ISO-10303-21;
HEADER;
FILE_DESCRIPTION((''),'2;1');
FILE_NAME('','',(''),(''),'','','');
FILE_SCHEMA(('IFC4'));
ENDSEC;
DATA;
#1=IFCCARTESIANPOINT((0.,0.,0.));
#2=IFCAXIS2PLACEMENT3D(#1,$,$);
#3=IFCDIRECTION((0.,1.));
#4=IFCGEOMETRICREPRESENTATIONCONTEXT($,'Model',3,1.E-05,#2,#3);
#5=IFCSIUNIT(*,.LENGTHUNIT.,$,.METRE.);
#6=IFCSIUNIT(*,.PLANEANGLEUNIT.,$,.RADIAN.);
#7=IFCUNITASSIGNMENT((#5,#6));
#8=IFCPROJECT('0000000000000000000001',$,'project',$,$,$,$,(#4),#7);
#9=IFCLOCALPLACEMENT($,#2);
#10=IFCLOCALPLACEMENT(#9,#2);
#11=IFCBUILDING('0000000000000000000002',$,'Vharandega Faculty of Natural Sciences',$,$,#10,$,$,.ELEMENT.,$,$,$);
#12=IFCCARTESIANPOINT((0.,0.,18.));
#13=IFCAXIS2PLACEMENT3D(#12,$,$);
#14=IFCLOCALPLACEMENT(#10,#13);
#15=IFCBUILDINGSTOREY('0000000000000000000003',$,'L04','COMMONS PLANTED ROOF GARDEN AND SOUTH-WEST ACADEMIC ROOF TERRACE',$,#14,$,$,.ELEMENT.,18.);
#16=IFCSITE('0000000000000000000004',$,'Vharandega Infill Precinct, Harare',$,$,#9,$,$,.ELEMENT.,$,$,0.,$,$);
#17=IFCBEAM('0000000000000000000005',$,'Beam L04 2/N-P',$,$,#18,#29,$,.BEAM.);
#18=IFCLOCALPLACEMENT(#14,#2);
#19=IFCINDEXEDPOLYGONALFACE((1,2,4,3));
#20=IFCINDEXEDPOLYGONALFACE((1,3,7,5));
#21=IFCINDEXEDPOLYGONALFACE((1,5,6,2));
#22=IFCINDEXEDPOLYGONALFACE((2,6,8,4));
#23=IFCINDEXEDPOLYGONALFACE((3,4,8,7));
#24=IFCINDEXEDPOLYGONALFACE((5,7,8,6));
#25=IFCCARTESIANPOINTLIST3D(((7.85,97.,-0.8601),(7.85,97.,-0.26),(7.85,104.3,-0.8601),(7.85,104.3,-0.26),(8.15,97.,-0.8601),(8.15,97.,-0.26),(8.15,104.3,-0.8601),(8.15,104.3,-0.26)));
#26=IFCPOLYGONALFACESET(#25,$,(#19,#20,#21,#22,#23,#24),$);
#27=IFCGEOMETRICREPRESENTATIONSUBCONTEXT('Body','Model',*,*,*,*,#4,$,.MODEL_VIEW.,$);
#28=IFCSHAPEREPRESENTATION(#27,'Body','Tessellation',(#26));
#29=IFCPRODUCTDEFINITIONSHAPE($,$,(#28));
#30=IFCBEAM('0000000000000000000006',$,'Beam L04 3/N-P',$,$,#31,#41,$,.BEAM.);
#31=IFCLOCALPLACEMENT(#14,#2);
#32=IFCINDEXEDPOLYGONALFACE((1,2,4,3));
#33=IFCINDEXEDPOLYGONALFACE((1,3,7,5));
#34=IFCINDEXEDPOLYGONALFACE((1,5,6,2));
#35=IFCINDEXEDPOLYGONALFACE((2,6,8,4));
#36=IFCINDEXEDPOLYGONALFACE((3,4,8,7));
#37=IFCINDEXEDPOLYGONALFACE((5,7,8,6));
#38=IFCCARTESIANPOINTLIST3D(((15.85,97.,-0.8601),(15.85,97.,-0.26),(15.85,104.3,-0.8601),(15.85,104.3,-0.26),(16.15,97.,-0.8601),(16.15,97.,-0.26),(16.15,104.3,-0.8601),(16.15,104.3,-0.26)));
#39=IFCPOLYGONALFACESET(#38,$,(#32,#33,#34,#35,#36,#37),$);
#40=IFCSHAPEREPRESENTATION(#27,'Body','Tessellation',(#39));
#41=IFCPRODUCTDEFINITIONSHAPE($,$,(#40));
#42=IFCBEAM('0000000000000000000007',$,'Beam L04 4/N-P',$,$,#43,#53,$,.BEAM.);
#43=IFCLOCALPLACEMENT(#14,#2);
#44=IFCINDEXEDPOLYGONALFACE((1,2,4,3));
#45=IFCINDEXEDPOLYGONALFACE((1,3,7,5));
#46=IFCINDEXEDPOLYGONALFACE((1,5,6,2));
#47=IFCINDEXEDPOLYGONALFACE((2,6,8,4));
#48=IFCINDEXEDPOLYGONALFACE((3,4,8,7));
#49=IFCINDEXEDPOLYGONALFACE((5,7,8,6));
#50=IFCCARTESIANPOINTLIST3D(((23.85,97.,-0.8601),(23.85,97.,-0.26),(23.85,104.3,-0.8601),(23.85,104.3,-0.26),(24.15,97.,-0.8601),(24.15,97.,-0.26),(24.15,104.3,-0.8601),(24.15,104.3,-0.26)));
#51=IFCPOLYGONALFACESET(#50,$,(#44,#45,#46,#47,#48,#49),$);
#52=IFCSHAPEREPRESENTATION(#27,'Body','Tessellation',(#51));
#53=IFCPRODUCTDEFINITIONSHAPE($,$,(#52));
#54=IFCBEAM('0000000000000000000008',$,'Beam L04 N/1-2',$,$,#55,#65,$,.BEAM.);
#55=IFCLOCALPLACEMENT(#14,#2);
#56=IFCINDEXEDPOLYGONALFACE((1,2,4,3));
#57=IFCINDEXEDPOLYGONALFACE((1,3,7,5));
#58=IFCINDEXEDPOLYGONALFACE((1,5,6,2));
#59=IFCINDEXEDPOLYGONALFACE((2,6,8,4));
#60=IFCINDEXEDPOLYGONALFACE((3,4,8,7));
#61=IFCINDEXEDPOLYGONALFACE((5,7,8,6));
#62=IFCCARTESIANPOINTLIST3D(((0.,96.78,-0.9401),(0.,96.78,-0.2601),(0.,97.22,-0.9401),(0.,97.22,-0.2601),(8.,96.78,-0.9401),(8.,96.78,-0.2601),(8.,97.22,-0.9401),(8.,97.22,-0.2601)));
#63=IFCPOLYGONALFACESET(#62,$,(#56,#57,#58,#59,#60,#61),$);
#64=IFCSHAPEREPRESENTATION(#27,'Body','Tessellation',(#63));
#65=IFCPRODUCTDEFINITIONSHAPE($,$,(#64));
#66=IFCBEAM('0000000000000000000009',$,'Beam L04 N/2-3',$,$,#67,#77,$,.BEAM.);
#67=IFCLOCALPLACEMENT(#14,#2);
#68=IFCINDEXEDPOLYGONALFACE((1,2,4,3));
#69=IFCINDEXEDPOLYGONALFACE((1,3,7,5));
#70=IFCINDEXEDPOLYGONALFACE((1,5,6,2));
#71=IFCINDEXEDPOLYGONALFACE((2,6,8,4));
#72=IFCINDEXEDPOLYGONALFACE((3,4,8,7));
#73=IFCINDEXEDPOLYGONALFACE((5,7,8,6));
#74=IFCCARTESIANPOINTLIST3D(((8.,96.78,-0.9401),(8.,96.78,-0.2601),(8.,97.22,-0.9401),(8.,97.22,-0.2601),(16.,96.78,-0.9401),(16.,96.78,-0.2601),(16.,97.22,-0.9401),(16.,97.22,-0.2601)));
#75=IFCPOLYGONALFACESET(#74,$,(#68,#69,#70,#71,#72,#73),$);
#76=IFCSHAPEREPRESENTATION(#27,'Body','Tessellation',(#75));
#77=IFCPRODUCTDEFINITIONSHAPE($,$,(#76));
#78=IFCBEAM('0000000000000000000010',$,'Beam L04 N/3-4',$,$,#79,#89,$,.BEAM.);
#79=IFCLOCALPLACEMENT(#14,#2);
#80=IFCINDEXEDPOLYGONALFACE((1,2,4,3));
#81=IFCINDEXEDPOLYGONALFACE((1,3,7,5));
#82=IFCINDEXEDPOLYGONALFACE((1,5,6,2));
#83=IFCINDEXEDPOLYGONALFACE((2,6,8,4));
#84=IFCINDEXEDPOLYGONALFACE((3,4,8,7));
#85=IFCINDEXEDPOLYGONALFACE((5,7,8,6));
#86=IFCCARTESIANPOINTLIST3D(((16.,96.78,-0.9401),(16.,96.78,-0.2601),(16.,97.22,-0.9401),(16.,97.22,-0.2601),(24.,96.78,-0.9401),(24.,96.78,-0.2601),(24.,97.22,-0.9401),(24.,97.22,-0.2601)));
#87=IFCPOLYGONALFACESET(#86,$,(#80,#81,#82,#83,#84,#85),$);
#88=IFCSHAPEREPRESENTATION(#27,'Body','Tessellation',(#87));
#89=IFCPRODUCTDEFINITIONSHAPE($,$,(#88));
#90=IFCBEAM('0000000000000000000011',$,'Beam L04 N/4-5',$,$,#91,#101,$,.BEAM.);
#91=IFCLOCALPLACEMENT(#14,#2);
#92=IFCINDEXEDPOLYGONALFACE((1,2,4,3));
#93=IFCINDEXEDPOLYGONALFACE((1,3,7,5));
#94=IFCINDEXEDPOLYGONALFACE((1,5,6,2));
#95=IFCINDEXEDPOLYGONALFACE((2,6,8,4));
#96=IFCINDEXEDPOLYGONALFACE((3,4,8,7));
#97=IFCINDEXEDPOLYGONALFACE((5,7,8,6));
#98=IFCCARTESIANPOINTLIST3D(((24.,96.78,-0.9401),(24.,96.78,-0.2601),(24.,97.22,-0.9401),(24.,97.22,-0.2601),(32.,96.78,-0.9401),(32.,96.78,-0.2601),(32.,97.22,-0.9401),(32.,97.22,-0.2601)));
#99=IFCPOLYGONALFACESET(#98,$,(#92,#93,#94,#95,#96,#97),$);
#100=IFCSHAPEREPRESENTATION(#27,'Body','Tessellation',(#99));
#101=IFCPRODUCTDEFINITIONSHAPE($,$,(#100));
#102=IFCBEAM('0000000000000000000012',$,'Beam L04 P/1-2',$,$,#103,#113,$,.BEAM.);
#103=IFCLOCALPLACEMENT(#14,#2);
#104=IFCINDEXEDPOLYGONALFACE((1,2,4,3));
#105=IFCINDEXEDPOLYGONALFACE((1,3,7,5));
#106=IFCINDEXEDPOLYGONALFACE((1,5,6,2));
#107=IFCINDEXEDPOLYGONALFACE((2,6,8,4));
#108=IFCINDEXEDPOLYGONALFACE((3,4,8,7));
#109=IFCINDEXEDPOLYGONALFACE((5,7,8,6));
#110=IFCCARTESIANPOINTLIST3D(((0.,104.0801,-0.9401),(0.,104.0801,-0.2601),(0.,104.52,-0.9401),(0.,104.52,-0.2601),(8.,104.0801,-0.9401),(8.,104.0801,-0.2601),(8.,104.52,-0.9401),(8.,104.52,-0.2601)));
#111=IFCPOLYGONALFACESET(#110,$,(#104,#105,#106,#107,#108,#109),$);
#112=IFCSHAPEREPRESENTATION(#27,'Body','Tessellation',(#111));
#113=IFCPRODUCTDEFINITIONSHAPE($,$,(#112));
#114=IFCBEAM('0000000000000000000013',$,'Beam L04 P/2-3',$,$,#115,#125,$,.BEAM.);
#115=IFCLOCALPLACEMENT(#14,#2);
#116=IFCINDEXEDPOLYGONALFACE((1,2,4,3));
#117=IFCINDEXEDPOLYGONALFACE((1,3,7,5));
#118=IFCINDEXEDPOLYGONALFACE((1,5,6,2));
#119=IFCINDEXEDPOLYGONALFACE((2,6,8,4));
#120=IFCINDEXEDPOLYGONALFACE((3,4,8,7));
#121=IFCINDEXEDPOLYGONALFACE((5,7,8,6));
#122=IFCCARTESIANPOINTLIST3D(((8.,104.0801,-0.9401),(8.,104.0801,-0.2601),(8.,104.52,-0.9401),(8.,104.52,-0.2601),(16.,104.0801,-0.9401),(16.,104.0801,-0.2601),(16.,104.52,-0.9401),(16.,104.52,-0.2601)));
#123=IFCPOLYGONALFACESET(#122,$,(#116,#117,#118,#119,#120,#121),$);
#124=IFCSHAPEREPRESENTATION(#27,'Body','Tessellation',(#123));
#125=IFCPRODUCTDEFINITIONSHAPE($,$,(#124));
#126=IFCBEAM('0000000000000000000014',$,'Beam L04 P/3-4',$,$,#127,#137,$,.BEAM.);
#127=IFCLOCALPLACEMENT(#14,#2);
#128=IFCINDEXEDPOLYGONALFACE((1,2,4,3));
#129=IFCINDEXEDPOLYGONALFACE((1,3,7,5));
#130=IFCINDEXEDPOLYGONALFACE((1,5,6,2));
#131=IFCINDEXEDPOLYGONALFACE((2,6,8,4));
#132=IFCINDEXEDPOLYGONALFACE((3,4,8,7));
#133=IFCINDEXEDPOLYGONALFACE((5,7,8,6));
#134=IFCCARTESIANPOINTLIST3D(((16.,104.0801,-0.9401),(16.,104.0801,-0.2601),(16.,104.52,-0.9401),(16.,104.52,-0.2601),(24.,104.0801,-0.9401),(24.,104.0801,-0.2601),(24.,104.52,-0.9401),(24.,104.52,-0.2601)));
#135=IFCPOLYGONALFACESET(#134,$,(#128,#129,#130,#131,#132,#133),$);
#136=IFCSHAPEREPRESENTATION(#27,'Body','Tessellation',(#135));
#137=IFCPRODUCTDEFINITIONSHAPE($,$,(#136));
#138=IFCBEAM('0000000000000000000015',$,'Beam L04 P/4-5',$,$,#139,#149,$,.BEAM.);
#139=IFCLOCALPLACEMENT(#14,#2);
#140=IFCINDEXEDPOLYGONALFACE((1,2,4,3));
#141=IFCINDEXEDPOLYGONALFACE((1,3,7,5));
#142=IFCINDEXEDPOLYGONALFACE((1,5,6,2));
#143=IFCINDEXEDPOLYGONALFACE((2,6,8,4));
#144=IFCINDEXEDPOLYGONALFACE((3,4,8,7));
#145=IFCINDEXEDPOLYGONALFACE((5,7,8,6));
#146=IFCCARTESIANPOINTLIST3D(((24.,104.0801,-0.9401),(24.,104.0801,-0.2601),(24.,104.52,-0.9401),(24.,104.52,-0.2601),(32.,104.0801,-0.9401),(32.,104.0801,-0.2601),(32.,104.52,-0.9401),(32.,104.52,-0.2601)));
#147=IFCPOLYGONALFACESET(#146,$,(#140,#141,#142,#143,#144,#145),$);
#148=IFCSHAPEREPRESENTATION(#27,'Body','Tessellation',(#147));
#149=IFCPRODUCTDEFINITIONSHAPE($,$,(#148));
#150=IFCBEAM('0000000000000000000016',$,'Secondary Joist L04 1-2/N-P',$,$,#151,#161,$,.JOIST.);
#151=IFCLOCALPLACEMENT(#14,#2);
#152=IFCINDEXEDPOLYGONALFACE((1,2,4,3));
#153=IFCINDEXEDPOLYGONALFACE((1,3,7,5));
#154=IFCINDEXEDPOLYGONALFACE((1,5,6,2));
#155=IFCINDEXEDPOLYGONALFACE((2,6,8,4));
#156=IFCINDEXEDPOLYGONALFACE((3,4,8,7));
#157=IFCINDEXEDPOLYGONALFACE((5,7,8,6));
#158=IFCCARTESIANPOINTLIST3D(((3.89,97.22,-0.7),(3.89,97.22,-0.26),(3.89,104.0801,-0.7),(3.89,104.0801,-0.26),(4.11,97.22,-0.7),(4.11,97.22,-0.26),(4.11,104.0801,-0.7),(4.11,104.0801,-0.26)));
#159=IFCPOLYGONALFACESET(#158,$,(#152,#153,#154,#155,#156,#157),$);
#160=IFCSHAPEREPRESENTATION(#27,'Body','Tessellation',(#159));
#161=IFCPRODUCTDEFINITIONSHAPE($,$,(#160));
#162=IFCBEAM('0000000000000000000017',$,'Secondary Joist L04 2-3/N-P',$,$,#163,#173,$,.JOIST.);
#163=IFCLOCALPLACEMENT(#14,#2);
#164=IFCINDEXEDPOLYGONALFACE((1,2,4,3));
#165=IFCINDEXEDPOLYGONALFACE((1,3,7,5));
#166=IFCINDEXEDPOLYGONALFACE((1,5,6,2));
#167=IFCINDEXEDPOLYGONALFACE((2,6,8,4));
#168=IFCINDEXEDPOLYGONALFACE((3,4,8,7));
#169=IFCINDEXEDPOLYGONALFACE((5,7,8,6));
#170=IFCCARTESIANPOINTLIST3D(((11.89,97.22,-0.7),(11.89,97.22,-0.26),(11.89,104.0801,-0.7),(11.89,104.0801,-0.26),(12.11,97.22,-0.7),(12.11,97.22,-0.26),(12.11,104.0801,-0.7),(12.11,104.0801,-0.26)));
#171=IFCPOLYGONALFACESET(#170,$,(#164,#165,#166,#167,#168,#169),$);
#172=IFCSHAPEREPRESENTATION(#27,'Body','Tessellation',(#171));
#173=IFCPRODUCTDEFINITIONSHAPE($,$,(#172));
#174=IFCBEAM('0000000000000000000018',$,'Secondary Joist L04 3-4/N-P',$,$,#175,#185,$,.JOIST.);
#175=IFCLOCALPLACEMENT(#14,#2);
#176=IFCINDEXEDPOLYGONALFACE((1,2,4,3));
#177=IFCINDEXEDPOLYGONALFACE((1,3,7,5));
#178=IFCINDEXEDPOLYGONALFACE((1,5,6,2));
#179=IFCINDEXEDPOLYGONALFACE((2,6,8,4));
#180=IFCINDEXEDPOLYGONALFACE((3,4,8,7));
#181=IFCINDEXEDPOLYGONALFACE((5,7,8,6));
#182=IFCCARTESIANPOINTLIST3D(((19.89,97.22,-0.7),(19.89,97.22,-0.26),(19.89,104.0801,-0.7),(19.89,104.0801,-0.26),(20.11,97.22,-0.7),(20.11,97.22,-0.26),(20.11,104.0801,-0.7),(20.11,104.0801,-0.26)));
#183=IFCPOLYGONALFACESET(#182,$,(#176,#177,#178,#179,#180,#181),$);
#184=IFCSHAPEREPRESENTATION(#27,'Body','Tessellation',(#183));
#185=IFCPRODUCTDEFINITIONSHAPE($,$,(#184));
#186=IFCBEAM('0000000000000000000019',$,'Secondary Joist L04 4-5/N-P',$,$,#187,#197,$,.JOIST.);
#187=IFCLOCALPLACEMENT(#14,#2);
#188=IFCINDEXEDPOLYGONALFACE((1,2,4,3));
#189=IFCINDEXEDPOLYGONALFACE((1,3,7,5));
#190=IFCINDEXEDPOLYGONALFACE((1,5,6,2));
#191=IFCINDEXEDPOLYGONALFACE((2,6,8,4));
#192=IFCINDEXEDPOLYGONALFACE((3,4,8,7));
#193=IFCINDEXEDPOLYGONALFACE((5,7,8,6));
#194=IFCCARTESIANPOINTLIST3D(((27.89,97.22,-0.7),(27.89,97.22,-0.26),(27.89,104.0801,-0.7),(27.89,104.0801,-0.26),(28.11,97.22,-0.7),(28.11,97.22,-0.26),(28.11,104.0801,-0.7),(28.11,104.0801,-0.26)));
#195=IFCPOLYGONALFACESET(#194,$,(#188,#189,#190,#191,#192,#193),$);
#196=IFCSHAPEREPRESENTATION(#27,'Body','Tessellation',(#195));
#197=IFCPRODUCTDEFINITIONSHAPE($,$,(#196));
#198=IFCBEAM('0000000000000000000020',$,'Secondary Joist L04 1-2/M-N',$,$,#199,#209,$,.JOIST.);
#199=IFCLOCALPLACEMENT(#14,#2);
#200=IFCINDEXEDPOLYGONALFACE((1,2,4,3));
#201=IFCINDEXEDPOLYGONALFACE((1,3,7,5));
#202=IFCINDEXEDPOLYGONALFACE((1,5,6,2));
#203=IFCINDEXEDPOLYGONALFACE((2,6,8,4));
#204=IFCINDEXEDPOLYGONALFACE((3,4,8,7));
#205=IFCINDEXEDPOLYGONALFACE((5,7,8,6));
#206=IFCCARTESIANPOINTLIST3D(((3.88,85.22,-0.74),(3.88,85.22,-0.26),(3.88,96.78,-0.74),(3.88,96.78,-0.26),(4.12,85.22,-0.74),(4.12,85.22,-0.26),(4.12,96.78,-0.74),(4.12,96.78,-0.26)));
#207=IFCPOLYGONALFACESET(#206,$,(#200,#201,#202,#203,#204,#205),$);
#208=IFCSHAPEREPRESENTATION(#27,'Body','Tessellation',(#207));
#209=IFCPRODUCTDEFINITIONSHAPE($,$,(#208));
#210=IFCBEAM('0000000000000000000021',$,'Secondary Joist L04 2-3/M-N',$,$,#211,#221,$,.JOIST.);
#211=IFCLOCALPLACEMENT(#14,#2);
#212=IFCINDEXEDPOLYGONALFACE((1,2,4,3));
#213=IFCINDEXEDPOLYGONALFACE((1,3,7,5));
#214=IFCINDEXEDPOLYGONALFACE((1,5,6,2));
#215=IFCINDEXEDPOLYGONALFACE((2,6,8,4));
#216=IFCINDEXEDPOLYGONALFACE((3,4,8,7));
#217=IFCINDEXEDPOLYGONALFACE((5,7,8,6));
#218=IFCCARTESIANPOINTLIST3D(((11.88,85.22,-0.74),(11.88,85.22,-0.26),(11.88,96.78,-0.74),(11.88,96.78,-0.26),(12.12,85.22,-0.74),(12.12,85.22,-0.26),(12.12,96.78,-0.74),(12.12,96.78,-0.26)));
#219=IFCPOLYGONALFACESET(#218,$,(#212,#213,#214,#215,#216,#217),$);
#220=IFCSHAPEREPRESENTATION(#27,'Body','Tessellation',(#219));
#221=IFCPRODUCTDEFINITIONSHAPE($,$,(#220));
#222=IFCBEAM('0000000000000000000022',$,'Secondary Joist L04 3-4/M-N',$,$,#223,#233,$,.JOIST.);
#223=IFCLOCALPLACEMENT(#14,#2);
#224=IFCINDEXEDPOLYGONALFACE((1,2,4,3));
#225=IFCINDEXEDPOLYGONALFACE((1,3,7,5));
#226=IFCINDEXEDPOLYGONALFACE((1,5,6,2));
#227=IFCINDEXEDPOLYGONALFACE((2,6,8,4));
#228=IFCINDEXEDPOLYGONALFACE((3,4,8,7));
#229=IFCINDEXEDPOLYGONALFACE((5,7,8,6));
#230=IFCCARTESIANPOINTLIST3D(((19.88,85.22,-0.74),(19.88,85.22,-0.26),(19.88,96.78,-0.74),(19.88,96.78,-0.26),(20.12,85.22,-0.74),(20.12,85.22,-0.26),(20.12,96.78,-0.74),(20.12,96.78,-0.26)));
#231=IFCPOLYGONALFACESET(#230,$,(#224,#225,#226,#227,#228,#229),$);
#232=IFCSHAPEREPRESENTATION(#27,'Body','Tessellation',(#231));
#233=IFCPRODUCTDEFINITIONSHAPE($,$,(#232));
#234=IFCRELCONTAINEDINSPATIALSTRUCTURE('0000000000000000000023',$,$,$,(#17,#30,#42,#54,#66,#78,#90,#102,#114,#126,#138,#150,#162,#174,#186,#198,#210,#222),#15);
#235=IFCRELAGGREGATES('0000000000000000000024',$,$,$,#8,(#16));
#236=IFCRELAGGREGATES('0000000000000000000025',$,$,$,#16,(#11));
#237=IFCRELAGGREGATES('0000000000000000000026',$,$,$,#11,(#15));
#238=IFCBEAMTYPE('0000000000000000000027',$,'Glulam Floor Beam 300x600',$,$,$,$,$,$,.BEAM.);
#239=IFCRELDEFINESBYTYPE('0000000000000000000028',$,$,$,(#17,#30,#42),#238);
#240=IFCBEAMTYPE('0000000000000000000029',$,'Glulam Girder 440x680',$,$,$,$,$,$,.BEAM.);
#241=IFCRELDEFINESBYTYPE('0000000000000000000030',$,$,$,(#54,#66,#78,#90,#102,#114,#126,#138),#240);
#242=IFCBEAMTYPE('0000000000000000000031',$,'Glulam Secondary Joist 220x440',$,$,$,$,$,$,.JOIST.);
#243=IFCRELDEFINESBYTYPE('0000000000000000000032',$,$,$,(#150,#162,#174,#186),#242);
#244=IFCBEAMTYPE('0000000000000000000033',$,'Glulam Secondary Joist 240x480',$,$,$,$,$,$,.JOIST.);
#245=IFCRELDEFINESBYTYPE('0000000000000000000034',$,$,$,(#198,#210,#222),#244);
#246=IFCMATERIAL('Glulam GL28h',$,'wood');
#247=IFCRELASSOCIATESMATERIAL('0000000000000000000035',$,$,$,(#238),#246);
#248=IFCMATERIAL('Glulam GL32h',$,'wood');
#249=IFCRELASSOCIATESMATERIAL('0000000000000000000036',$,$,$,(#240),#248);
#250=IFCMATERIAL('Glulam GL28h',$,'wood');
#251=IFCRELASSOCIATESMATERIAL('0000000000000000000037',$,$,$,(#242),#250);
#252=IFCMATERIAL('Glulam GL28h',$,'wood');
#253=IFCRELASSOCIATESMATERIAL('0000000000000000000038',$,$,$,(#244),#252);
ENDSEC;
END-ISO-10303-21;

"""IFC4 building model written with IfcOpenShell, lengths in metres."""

from ifc_helpers import new_model, si_unit, direction, frame, origin, origin_2d, place, context, subcontext, project, spatial, rectangle, extrude, material, material_profile, profile_set, type_object, element, save


model = new_model("IFC4")

# Units and contexts
model_context = context("Model", 3, precision=1e-05, world=origin(), true_north=direction((0.0, 1.0)))
body_context = subcontext(model_context, "Body", "Model", "MODEL_VIEW")
ifc_project = project(units=[si_unit("LENGTHUNIT", "METRE"), si_unit("PLANEANGLEUNIT", "RADIAN")], contexts=[model_context])

# Site, building, storey
site_placement = place(None, origin())
site = spatial("IfcSite", under=ifc_project, at=site_placement, Name="Vharandega Infill Precinct, Harare", CompositionType="ELEMENT", RefElevation=0.0)
building_placement = place(site_placement, origin())
building = spatial("IfcBuilding", under=site, at=building_placement, Name="Vharandega Faculty of Natural Sciences", CompositionType="ELEMENT")
storey_placement = place(building_placement, frame((0.0, 0.0, 18.0)))
storey = spatial("IfcBuildingStorey", under=building, at=storey_placement, Name="L04", Description="COMMONS PLANTED ROOF GARDEN AND SOUTH-WEST ACADEMIC ROOF TERRACE", CompositionType="ELEMENT", Elevation=18.0)

# Beams
ifc_material_1 = material(Name="Glulam GL28h", Category="wood")
ifc_material_profile_1 = material_profile(ifc_material_1, rectangle(XDim=0.3, YDim=0.6001, at=origin_2d()), Name="GL28h 300x600")
ifc_profile_set_1 = profile_set([ifc_material_profile_1], Name="Glulam GL28h")
beam_type_1 = type_object("IfcBeamType", Name="Glulam Floor Beam 300x600", PredefinedType="BEAM", material=ifc_profile_set_1)
for number, where, z_axis, x_axis, name in (
    (1, (8.0, 97.0, -0.5601), (0.0, 1.0, 0.0), (-1.0, 0.0, 0.0), "Beam L04 2/N-P"),
    (2, (16.0, 97.0, -0.5601), (0.0, 1.0, 0.0), (-1.0, 0.0, 0.0), "Beam L04 3/N-P"),
    (3, (24.0, 97.0, -0.5601), (0.0, 1.0, 0.0), (-1.0, 0.0, 0.0), "Beam L04 4/N-P"),
):
    element("IfcBeam", number, at=place(storey_placement, frame(where, z_axis=z_axis, x_axis=x_axis)), inside=storey, type_object=beam_type_1, Name=name, PredefinedType="BEAM", context=body_context, shape_type="SweptSolid", body=[
        extrude(rectangle(XDim=0.3, YDim=0.6001, at=origin_2d()), origin(), (0.0, 0.0, 1.0), 7.3),
    ])
ifc_material_2 = material(Name="Glulam GL32h", Category="wood")
ifc_material_profile_2 = material_profile(ifc_material_2, rectangle(XDim=0.4399, YDim=0.6799, at=origin_2d()), Name="GL32h 440x680")
ifc_profile_set_2 = profile_set([ifc_material_profile_2], Name="Glulam GL32h")
beam_type_2 = type_object("IfcBeamType", Name="Glulam Girder 440x680", PredefinedType="BEAM", material=ifc_profile_set_2)
for number, where, z_axis, x_axis, name in (
    (4, (0.0, 97.0, -0.6001), (1.0, 0.0, 0.0), (0.0, 1.0, 0.0), "Beam L04 N/1-2"),
    (5, (8.0, 97.0, -0.6001), (1.0, 0.0, 0.0), (0.0, 1.0, 0.0), "Beam L04 N/2-3"),
    (6, (16.0, 97.0, -0.6001), (1.0, 0.0, 0.0), (0.0, 1.0, 0.0), "Beam L04 N/3-4"),
    (7, (24.0, 97.0, -0.6001), (1.0, 0.0, 0.0), (0.0, 1.0, 0.0), "Beam L04 N/4-5"),
    (8, (0.0, 104.3, -0.6001), (1.0, 0.0, 0.0), (0.0, 1.0, 0.0), "Beam L04 P/1-2"),
    (9, (8.0, 104.3, -0.6001), (1.0, 0.0, 0.0), (0.0, 1.0, 0.0), "Beam L04 P/2-3"),
    (10, (16.0, 104.3, -0.6001), (1.0, 0.0, 0.0), (0.0, 1.0, 0.0), "Beam L04 P/3-4"),
    (11, (24.0, 104.3, -0.6001), (1.0, 0.0, 0.0), (0.0, 1.0, 0.0), "Beam L04 P/4-5"),
):
    element("IfcBeam", number, at=place(storey_placement, frame(where, z_axis=z_axis, x_axis=x_axis)), inside=storey, type_object=beam_type_2, Name=name, PredefinedType="BEAM", context=body_context, shape_type="SweptSolid", body=[
        extrude(rectangle(XDim=0.4399, YDim=0.6799, at=origin_2d()), origin(), (0.0, 0.0, 1.0), 8.0),
    ])
ifc_material_3 = material(Name="Glulam GL28h", Category="wood")
ifc_material_profile_3 = material_profile(ifc_material_3, rectangle(XDim=0.22, YDim=0.4399, at=origin_2d()), Name="GL28h 220x440")
ifc_profile_set_3 = profile_set([ifc_material_profile_3], Name="Glulam GL28h")
beam_type_3 = type_object("IfcBeamType", Name="Glulam Secondary Joist 220x440", PredefinedType="JOIST", material=ifc_profile_set_3)
for number, where, z_axis, x_axis, name in (
    (12, (4.0, 97.22, -0.48), (0.0, 1.0, 0.0), (-1.0, 0.0, 0.0), "Secondary Joist L04 1-2/N-P"),
    (13, (12.0, 97.22, -0.48), (0.0, 1.0, 0.0), (-1.0, 0.0, 0.0), "Secondary Joist L04 2-3/N-P"),
    (14, (20.0, 97.22, -0.48), (0.0, 1.0, 0.0), (-1.0, 0.0, 0.0), "Secondary Joist L04 3-4/N-P"),
    (15, (28.0, 97.22, -0.48), (0.0, 1.0, 0.0), (-1.0, 0.0, 0.0), "Secondary Joist L04 4-5/N-P"),
):
    element("IfcBeam", number, at=place(storey_placement, frame(where, z_axis=z_axis, x_axis=x_axis)), inside=storey, type_object=beam_type_3, Name=name, PredefinedType="JOIST", context=body_context, shape_type="SweptSolid", body=[
        extrude(rectangle(XDim=0.22, YDim=0.4399, at=origin_2d()), origin(), (0.0, 0.0, 1.0), 6.8601),
    ])
ifc_material_4 = material(Name="Glulam GL28h", Category="wood")
ifc_material_profile_4 = material_profile(ifc_material_4, rectangle(XDim=0.24, YDim=0.48, at=origin_2d()), Name="GL28h 240x480")
ifc_profile_set_4 = profile_set([ifc_material_profile_4], Name="Glulam GL28h")
beam_type_4 = type_object("IfcBeamType", Name="Glulam Secondary Joist 240x480", PredefinedType="JOIST", material=ifc_profile_set_4)
for number, where, z_axis, x_axis, name in (
    (16, (4.0, 85.22, -0.5), (0.0, 1.0, 0.0), (-1.0, 0.0, 0.0), "Secondary Joist L04 1-2/M-N"),
    (17, (12.0, 85.22, -0.5), (0.0, 1.0, 0.0), (-1.0, 0.0, 0.0), "Secondary Joist L04 2-3/M-N"),
    (18, (20.0, 85.22, -0.5), (0.0, 1.0, 0.0), (-1.0, 0.0, 0.0), "Secondary Joist L04 3-4/M-N"),
):
    element("IfcBeam", number, at=place(storey_placement, frame(where, z_axis=z_axis, x_axis=x_axis)), inside=storey, type_object=beam_type_4, Name=name, PredefinedType="JOIST", context=body_context, shape_type="SweptSolid", body=[
        extrude(rectangle(XDim=0.24, YDim=0.48, at=origin_2d()), origin(), (0.0, 0.0, 1.0), 11.5601),
    ])

save(model, "model.ifc")
